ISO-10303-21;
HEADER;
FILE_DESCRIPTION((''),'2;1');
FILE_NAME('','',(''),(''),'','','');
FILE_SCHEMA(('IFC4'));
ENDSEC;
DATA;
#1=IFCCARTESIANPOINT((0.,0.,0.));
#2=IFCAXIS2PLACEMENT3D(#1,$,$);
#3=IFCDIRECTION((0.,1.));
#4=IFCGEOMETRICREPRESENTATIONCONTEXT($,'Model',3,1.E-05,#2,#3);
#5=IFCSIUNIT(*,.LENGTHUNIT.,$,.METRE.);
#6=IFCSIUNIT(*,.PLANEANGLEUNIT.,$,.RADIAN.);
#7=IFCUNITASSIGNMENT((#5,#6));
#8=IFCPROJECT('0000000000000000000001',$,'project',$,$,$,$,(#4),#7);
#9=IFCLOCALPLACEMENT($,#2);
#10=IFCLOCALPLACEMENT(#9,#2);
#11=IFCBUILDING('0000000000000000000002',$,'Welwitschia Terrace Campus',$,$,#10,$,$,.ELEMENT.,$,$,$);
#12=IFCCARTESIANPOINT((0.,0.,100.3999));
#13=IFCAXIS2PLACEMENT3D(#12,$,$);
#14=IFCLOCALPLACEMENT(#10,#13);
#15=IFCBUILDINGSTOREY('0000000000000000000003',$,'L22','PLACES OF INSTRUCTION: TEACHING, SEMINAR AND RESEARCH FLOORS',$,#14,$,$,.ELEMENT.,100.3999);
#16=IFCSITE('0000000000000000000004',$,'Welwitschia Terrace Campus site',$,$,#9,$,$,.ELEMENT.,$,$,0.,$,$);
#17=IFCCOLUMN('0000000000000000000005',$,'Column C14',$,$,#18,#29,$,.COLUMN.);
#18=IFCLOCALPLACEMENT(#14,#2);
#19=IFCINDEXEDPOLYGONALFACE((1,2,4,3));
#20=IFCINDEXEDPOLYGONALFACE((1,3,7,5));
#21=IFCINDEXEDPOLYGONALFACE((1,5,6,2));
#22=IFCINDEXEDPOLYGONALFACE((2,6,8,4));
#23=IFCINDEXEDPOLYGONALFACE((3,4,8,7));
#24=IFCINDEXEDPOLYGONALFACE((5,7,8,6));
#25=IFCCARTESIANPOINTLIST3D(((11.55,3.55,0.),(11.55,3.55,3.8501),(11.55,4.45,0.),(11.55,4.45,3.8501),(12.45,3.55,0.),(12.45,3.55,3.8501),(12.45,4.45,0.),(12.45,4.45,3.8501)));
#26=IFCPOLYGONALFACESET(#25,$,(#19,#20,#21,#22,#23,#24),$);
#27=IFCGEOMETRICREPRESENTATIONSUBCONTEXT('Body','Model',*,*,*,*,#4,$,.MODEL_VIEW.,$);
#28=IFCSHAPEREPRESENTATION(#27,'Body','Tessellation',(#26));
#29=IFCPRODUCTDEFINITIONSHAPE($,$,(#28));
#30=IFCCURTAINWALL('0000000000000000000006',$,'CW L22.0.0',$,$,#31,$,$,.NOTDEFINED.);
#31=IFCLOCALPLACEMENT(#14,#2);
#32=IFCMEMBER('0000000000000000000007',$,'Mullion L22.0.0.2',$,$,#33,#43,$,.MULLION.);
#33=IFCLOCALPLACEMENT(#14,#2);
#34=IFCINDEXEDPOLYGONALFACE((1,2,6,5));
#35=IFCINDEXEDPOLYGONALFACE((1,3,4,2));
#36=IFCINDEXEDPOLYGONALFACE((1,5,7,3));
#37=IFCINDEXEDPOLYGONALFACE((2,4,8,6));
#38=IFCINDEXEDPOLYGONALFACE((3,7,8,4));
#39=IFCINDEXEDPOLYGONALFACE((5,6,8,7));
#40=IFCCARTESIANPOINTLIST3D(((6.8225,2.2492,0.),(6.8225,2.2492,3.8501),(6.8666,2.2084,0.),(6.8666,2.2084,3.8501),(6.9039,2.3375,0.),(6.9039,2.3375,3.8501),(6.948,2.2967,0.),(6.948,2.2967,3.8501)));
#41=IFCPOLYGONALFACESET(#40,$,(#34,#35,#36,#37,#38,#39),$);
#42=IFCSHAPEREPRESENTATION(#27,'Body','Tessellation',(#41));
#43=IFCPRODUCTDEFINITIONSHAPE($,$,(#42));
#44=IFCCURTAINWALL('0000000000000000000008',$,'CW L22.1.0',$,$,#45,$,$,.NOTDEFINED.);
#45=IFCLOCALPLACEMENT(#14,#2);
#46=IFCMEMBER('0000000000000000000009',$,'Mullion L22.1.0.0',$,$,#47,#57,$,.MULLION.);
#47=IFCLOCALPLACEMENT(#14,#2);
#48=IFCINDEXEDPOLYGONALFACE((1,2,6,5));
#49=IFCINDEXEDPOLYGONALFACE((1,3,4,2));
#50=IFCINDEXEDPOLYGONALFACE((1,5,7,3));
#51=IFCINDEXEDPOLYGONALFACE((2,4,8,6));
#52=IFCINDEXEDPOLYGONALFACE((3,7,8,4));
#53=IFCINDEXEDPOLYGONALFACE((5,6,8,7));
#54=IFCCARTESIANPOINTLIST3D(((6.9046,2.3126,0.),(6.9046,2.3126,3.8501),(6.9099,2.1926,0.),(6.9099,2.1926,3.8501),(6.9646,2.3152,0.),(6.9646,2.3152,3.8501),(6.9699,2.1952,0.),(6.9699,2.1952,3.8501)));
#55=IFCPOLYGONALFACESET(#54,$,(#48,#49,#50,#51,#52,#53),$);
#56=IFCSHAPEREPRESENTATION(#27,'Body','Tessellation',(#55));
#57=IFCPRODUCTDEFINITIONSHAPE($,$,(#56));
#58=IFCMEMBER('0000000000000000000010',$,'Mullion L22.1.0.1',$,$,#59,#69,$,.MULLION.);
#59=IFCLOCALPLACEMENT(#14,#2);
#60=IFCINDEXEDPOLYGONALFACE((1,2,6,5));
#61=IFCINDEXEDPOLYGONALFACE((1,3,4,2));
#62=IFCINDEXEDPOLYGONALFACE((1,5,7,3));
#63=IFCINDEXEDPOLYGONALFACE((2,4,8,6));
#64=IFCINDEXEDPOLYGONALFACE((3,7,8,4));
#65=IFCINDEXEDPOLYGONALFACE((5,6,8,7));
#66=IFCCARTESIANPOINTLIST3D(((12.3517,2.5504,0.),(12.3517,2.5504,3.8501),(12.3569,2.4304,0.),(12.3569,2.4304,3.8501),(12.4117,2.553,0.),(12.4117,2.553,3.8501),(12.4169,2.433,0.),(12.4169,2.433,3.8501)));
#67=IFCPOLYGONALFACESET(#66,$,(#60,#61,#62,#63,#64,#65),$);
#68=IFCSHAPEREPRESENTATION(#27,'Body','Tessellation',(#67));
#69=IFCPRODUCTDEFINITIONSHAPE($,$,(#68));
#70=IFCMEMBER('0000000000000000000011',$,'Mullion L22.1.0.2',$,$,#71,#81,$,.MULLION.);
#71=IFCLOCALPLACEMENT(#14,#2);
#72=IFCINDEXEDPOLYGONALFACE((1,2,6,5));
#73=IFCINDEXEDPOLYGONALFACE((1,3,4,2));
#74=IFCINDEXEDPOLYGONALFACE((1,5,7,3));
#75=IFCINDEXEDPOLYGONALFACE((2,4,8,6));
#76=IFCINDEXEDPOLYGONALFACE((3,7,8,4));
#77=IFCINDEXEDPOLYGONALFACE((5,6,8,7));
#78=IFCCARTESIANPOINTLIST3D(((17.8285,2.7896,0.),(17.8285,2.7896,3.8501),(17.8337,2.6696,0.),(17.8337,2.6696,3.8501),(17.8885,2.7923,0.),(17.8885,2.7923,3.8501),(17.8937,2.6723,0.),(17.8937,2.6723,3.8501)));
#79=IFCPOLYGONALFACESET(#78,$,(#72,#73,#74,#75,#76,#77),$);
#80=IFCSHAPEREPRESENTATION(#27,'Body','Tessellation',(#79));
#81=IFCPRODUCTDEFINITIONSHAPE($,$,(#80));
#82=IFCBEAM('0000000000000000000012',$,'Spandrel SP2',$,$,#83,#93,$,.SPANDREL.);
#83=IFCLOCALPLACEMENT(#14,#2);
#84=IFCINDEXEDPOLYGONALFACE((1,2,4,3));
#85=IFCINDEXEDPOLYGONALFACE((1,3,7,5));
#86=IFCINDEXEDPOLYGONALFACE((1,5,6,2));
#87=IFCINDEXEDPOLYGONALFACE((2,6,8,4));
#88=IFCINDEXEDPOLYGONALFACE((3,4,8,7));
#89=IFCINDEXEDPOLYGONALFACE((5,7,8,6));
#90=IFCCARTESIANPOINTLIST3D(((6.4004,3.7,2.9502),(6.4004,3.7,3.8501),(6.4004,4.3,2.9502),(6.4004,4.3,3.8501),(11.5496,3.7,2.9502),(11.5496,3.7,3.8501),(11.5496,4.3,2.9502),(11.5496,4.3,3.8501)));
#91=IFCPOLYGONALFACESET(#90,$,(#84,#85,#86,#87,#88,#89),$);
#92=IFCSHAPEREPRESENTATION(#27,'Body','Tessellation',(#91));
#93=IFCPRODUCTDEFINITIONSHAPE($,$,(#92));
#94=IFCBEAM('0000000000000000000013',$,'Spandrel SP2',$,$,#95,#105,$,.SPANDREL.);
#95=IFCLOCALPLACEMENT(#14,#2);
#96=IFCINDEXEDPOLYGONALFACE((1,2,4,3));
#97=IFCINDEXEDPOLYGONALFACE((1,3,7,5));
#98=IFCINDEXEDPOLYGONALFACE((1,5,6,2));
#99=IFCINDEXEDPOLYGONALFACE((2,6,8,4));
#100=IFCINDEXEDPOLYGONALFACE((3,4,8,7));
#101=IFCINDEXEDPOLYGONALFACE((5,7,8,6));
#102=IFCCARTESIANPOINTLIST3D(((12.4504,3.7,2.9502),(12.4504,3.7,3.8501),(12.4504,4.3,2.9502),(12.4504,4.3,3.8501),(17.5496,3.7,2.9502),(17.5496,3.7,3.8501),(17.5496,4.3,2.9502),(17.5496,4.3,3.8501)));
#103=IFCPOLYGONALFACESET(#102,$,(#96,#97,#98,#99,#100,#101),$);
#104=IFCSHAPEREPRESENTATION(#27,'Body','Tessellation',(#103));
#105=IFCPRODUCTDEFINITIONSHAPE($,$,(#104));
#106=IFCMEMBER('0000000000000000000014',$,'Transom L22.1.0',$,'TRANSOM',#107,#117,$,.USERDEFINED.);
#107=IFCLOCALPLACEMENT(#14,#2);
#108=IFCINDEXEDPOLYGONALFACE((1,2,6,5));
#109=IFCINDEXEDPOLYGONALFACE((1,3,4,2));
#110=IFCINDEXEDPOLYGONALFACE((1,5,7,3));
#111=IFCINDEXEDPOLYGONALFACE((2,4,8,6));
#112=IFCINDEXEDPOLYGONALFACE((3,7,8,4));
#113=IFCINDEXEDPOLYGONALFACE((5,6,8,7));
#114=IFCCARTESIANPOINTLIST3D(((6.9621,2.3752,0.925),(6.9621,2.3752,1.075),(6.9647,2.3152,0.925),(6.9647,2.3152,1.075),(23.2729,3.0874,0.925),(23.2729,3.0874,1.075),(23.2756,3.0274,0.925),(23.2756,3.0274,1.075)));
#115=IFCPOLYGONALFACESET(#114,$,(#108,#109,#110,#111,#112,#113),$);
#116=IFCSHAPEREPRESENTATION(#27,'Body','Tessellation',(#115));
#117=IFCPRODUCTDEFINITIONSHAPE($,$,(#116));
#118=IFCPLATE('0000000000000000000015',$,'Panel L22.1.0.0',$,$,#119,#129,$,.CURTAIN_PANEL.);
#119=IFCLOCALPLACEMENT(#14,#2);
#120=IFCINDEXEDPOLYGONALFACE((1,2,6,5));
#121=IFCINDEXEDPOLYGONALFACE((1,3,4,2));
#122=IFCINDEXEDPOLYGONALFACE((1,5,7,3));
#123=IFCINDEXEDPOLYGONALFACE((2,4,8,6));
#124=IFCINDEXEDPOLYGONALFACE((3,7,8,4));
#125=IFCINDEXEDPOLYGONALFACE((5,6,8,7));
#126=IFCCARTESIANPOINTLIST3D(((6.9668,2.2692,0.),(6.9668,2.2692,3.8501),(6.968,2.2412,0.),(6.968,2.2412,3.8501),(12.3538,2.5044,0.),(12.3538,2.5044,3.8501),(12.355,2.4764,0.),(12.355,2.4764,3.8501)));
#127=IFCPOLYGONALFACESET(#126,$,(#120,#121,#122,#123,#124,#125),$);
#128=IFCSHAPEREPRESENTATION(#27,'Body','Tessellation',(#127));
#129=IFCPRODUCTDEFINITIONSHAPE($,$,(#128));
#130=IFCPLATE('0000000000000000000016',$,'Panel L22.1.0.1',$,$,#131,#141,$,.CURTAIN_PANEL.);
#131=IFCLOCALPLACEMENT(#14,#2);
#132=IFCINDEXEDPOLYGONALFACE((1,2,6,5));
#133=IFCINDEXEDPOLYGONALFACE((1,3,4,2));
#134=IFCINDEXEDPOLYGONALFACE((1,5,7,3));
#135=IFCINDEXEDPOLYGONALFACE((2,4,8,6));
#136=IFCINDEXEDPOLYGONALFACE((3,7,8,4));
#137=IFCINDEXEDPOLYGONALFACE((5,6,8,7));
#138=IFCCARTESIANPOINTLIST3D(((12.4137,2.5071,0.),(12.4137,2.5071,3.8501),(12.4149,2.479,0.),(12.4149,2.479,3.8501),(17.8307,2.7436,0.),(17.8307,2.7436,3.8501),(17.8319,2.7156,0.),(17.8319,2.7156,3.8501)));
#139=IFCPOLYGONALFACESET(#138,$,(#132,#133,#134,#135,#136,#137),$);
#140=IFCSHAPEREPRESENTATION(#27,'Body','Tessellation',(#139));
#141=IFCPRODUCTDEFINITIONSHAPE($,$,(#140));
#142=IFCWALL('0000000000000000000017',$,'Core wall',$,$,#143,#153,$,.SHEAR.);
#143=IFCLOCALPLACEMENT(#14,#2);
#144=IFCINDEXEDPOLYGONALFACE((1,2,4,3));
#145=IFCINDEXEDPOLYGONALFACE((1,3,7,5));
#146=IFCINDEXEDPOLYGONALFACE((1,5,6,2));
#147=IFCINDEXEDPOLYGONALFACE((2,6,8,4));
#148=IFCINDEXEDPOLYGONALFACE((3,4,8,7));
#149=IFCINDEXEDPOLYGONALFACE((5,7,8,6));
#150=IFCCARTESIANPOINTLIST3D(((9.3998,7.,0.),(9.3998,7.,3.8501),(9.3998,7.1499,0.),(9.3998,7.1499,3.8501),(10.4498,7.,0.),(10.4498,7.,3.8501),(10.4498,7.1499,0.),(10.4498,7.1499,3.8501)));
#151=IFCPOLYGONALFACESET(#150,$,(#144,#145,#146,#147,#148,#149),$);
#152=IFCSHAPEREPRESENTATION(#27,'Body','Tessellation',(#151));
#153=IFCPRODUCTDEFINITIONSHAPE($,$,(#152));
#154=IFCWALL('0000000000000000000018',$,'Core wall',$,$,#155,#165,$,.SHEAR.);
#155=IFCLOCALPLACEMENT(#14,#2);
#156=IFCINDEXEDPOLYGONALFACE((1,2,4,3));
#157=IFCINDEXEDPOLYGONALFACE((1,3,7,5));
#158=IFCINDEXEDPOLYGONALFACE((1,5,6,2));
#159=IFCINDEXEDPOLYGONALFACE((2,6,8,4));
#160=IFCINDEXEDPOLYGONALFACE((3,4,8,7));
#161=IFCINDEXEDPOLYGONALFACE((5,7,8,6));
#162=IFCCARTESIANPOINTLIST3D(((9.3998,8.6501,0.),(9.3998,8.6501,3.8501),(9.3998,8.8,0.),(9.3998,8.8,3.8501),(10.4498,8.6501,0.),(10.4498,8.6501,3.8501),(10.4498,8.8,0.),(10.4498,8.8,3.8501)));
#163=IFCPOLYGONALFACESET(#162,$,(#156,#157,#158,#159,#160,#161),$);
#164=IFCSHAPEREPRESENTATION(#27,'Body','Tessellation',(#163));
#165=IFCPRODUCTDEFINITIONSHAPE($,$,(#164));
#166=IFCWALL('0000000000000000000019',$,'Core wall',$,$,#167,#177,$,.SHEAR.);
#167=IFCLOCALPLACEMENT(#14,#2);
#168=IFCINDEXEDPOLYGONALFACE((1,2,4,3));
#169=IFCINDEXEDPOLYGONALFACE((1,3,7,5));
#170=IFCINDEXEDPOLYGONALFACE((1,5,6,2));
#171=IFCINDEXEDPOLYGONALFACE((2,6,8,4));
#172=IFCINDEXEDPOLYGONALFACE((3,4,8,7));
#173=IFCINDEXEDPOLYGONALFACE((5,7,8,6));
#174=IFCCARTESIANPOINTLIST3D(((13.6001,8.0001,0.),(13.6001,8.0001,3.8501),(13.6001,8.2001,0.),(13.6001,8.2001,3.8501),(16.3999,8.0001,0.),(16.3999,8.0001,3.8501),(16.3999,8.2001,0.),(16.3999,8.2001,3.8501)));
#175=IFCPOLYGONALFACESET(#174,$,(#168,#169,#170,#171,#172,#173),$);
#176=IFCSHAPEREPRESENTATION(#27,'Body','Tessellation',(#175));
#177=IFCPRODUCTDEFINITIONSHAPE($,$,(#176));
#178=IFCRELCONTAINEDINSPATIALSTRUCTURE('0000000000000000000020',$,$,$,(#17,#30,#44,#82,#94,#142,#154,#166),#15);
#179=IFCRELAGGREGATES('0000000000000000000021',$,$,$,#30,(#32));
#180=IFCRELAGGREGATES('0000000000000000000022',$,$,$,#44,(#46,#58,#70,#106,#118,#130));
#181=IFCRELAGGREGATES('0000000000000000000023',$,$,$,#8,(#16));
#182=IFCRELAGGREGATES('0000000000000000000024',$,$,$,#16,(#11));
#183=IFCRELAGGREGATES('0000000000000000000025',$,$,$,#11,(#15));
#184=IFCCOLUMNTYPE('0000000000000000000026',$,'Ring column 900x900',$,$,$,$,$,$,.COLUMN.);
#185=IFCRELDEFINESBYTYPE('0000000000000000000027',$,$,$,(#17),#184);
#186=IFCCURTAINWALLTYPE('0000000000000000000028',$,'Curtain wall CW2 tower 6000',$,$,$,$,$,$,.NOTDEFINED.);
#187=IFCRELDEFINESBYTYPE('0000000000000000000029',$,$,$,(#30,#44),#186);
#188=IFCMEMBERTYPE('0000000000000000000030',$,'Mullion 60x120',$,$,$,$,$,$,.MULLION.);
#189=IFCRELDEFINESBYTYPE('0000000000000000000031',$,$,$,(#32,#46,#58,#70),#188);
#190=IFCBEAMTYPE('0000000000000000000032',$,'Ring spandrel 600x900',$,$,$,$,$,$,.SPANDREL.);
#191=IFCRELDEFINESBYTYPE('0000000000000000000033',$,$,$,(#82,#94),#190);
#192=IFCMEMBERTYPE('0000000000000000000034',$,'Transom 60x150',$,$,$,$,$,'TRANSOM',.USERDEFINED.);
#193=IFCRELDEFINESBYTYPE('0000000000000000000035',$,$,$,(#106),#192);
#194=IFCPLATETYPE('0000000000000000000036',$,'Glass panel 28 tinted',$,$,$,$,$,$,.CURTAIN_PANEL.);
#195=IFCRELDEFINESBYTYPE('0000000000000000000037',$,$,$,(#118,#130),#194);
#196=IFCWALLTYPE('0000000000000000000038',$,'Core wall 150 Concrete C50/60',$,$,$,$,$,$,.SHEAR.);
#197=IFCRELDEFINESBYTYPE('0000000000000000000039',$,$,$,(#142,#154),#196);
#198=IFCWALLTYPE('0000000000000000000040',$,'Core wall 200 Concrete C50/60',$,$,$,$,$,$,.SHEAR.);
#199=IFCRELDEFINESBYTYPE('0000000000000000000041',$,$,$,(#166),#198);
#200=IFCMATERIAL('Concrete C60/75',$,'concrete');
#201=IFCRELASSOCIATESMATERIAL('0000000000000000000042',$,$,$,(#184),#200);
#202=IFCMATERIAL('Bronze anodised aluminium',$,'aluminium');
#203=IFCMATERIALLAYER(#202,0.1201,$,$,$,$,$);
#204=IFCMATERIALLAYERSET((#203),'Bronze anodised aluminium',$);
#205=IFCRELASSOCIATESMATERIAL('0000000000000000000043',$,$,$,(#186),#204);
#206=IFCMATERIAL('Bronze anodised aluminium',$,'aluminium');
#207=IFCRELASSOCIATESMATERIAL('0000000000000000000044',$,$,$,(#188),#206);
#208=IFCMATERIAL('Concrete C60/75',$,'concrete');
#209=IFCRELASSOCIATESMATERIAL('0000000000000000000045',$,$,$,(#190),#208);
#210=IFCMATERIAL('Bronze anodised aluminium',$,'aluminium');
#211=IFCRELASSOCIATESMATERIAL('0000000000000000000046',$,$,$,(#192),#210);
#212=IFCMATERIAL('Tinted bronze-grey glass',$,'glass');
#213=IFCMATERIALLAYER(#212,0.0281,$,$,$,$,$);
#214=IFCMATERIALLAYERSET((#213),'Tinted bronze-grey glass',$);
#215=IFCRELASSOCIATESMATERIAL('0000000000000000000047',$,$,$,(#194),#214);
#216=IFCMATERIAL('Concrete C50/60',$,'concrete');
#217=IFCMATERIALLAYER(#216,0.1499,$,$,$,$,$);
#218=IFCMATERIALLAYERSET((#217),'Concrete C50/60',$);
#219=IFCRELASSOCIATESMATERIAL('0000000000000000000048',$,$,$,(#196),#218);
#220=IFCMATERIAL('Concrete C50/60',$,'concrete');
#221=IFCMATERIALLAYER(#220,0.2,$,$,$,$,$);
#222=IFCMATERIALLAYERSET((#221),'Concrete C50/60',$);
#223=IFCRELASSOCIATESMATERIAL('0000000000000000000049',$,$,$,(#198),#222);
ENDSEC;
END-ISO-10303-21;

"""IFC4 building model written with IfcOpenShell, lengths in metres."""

from ifc_helpers import new_model, si_unit, direction, frame, frame_2d, origin, origin_2d, place, context, subcontext, project, spatial, rectangle, extrude, material, layer, layer_set, material_profile, profile_set, type_object, element, aggregate, save


model = new_model("IFC4")

# Units and contexts
model_context = context("Model", 3, precision=1e-05, world=origin(), true_north=direction((0.0, 1.0)))
body_context = subcontext(model_context, "Body", "Model", "MODEL_VIEW")
ifc_project = project(units=[si_unit("LENGTHUNIT", "METRE"), si_unit("PLANEANGLEUNIT", "RADIAN")], contexts=[model_context])

# Site, building, storey
site_placement = place(None, origin())
site = spatial("IfcSite", under=ifc_project, at=site_placement, Name="Welwitschia Terrace Campus site", CompositionType="ELEMENT", RefElevation=0.0)
building_placement = place(site_placement, origin())
building = spatial("IfcBuilding", under=site, at=building_placement, Name="Welwitschia Terrace Campus", CompositionType="ELEMENT")
storey_placement = place(building_placement, frame((0.0, 0.0, 100.3999)))
storey = spatial("IfcBuildingStorey", under=building, at=storey_placement, Name="L22", Description="PLACES OF INSTRUCTION: TEACHING, SEMINAR AND RESEARCH FLOORS", CompositionType="ELEMENT", Elevation=100.3999)

# Column
ifc_material_1 = material(Name="Concrete C60/75", Category="concrete")
ifc_material_profile_1 = material_profile(ifc_material_1, rectangle(XDim=0.8999, YDim=0.8999, at=origin_2d()))
ifc_profile_set_1 = profile_set([ifc_material_profile_1], Name="Concrete C60/75")
column_type = type_object("IfcColumnType", Name="Ring column 900x900", PredefinedType="COLUMN", material=ifc_profile_set_1)
column_placement = place(storey_placement, frame((12.0, 4.0, 0.0), z_axis=(0.0, 0.0, 1.0), x_axis=(1.0, 0.0, 0.0)))
element("IfcColumn", 1, at=column_placement, inside=storey, type_object=column_type, Name="Column C14", PredefinedType="COLUMN", context=body_context, shape_type="SweptSolid", body=[
    extrude(rectangle(XDim=0.8999, YDim=0.8999, at=origin_2d()), origin(), (0.0, 0.0, 1.0), 3.8501),
])

# Curtain wall, member
ifc_material_2 = material(Name="Bronze anodised aluminium", Category="aluminium")
ifc_layer_1 = layer(ifc_material_2, 0.1201)
ifc_layer_set_1 = layer_set([ifc_layer_1], Name="Bronze anodised aluminium")
curtain_wall_type = type_object("IfcCurtainWallType", Name="Curtain wall CW2 tower 6000", PredefinedType="NOTDEFINED", material=ifc_layer_set_1)
curtain_wall_1_placement = place(storey_placement, origin())
curtain_wall_1 = element("IfcCurtainWall", 2, at=curtain_wall_1_placement, inside=storey, type_object=curtain_wall_type, Name="CW L22.0.0", PredefinedType="NOTDEFINED")
ifc_material_3 = material(Name="Bronze anodised aluminium", Category="aluminium")
ifc_material_profile_2 = material_profile(ifc_material_3, rectangle(XDim=0.1201, YDim=0.0601, at=origin_2d()))
ifc_profile_set_2 = profile_set([ifc_material_profile_2], Name="Bronze anodised aluminium")
member_type_1 = type_object("IfcMemberType", Name="Mullion 60x120", PredefinedType="MULLION", material=ifc_profile_set_2)
member_1_placement = place(storey_placement, frame((6.8853, 2.2729, 0.0), z_axis=(0.0, 0.0, 1.0), x_axis=(0.677976, 0.735084, 0.0)))
member_1 = element("IfcMember", 3, at=member_1_placement, type_object=member_type_1, Name="Mullion L22.0.0.2", PredefinedType="MULLION", context=body_context, shape_type="SweptSolid", body=[
    extrude(rectangle(XDim=0.1201, YDim=0.0601, at=origin_2d()), origin(), (0.0, 0.0, 1.0), 3.8501),
])
aggregate(curtain_wall_1, [member_1])

# Curtain wall, members
curtain_wall_2_placement = place(storey_placement, origin())
curtain_wall_2 = element("IfcCurtainWall", 4, at=curtain_wall_2_placement, inside=storey, type_object=curtain_wall_type, Name="CW L22.1.0", PredefinedType="NOTDEFINED")
member_2_placement = place(storey_placement, frame((6.9373, 2.2539, 0.0), z_axis=(0.0, 0.0, 1.0), x_axis=(-0.043619, 0.999048, 0.0)))
member_2 = element("IfcMember", 5, at=member_2_placement, type_object=member_type_1, Name="Mullion L22.1.0.0", PredefinedType="MULLION", context=body_context, shape_type="SweptSolid", body=[
    extrude(rectangle(XDim=0.1201, YDim=0.0601, at=origin_2d()), origin(), (0.0, 0.0, 1.0), 3.8501),
])
member_3_placement = place(storey_placement, frame((12.3843, 2.4917, 0.0), z_axis=(0.0, 0.0, 1.0), x_axis=(-0.043619, 0.999048, 0.0)))
member_3 = element("IfcMember", 6, at=member_3_placement, type_object=member_type_1, Name="Mullion L22.1.0.1", PredefinedType="MULLION", context=body_context, shape_type="SweptSolid", body=[
    extrude(rectangle(XDim=0.1201, YDim=0.0601, at=origin_2d()), origin(), (0.0, 0.0, 1.0), 3.8501),
])
member_4_placement = place(storey_placement, frame((17.8611, 2.731, 0.0), z_axis=(0.0, 0.0, 1.0), x_axis=(-0.043619, 0.999048, 0.0)))
member_4 = element("IfcMember", 7, at=member_4_placement, type_object=member_type_1, Name="Mullion L22.1.0.2", PredefinedType="MULLION", context=body_context, shape_type="SweptSolid", body=[
    extrude(rectangle(XDim=0.1201, YDim=0.0601, at=origin_2d()), origin(), (0.0, 0.0, 1.0), 3.8501),
])

# Beams
ifc_material_4 = material(Name="Concrete C60/75", Category="concrete")
ifc_material_profile_3 = material_profile(ifc_material_4, rectangle(XDim=0.6001, YDim=0.8999, at=origin_2d()))
ifc_profile_set_3 = profile_set([ifc_material_profile_3], Name="Concrete C60/75")
beam_type = type_object("IfcBeamType", Name="Ring spandrel 600x900", PredefinedType="SPANDREL", material=ifc_profile_set_3)
beam_1_placement = place(storey_placement, frame((6.4004, 4.0, 3.4001), z_axis=(1.0, 0.0, 0.0), x_axis=(0.0, 1.0, 0.0)))
element("IfcBeam", 8, at=beam_1_placement, inside=storey, type_object=beam_type, Name="Spandrel SP2", PredefinedType="SPANDREL", context=body_context, shape_type="SweptSolid", body=[
    extrude(rectangle(XDim=0.6001, YDim=0.8999, at=origin_2d()), origin(), (0.0, 0.0, 1.0), 5.1492),
])
beam_2_placement = place(storey_placement, frame((12.4504, 4.0, 3.4001), z_axis=(1.0, 0.0, 0.0), x_axis=(0.0, 1.0, 0.0)))
element("IfcBeam", 9, at=beam_2_placement, inside=storey, type_object=beam_type, Name="Spandrel SP2", PredefinedType="SPANDREL", context=body_context, shape_type="SweptSolid", body=[
    extrude(rectangle(XDim=0.6001, YDim=0.8999, at=origin_2d()), origin(), (0.0, 0.0, 1.0), 5.0991),
])

# Member
ifc_material_5 = material(Name="Bronze anodised aluminium", Category="aluminium")
ifc_material_profile_4 = material_profile(ifc_material_5, rectangle(XDim=0.0601, YDim=0.1499, at=origin_2d()))
ifc_profile_set_4 = profile_set([ifc_material_profile_4], Name="Bronze anodised aluminium")
member_type_2 = type_object("IfcMemberType", Name="Transom 60x150", ElementType="TRANSOM", PredefinedType="USERDEFINED", material=ifc_profile_set_4)
member_5_placement = place(storey_placement, frame((6.9634, 2.3452, 1.0), z_axis=(0.999048, 0.04362, 0.0), x_axis=(-0.04362, 0.999048, 0.0)))
member_5 = element("IfcMember", 10, at=member_5_placement, type_object=member_type_2, Name="Transom L22.1.0", ObjectType="TRANSOM", PredefinedType="USERDEFINED", context=body_context, shape_type="SweptSolid", body=[
    extrude(rectangle(XDim=0.0601, YDim=0.1499, at=origin_2d()), origin(), (0.0, 0.0, 1.0), 16.3264),
])

# Plates
ifc_material_6 = material(Name="Tinted bronze-grey glass", Category="glass")
ifc_layer_2 = layer(ifc_material_6, 0.0281)
ifc_layer_set_2 = layer_set([ifc_layer_2], Name="Tinted bronze-grey glass")
plate_type = type_object("IfcPlateType", Name="Glass panel 28 tinted", PredefinedType="CURTAIN_PANEL", material=ifc_layer_set_2)
plate_1_placement = place(storey_placement, frame((9.6609, 2.3728, 0.0), z_axis=(0.0, 0.0, 1.0), x_axis=(0.999048, 0.043619, 0.0)))
plate_1 = element("IfcPlate", 11, at=plate_1_placement, type_object=plate_type, Name="Panel L22.1.0.0", PredefinedType="CURTAIN_PANEL", context=body_context, shape_type="SweptSolid", body=[
    extrude(rectangle(XDim=5.3921, YDim=0.0281, at=origin_2d()), origin(), (0.0, 0.0, 1.0), 3.8501),
])
plate_2_placement = place(storey_placement, frame((15.1228, 2.6113, 0.0), z_axis=(0.0, 0.0, 1.0), x_axis=(0.999048, 0.043619, 0.0)))
plate_2 = element("IfcPlate", 12, at=plate_2_placement, type_object=plate_type, Name="Panel L22.1.0.1", PredefinedType="CURTAIN_PANEL", context=body_context, shape_type="SweptSolid", body=[
    extrude(rectangle(XDim=5.4221, YDim=0.0281, at=origin_2d()), origin(), (0.0, 0.0, 1.0), 3.8501),
])
aggregate(curtain_wall_2, [member_2, member_3, member_4, member_5, plate_1, plate_2])

# Walls
ifc_material_7 = material(Name="Concrete C50/60", Category="concrete")
ifc_layer_3 = layer(ifc_material_7, 0.1499)
ifc_layer_set_3 = layer_set([ifc_layer_3], Name="Concrete C50/60")
wall_type_1 = type_object("IfcWallType", Name="Core wall 150 Concrete C50/60", PredefinedType="SHEAR", material=ifc_layer_set_3)
for number, where, z_axis, x_axis, name in (
    (13, (9.3999, 7.075, 0.0), (0.0, 0.0, 1.0), (1.0, 0.0, 0.0), "Core wall"),
    (14, (9.3999, 8.7251, 0.0), (0.0, 0.0, 1.0), (1.0, 0.0, 0.0), "Core wall"),
):
    element("IfcWall", number, at=place(storey_placement, frame(where, z_axis=z_axis, x_axis=x_axis)), inside=storey, type_object=wall_type_1, Name=name, PredefinedType="SHEAR", context=body_context, shape_type="SweptSolid", body=[
        extrude(rectangle(XDim=1.05, YDim=0.1499, at=frame_2d((0.5249, 0.0))), origin(), (0.0, 0.0, 1.0), 3.8501),
    ])
ifc_material_8 = material(Name="Concrete C50/60", Category="concrete")
ifc_layer_4 = layer(ifc_material_8, 0.2)
ifc_layer_set_4 = layer_set([ifc_layer_4], Name="Concrete C50/60")
wall_type_2 = type_object("IfcWallType", Name="Core wall 200 Concrete C50/60", PredefinedType="SHEAR", material=ifc_layer_set_4)
wall_1_placement = place(storey_placement, frame((13.6001, 8.1001, 0.0), z_axis=(0.0, 0.0, 1.0), x_axis=(1.0, 0.0, 0.0)))
element("IfcWall", 15, at=wall_1_placement, inside=storey, type_object=wall_type_2, Name="Core wall", PredefinedType="SHEAR", context=body_context, shape_type="SweptSolid", body=[
    extrude(rectangle(XDim=2.7998, YDim=0.2, at=frame_2d((1.3999, 0.0))), origin(), (0.0, 0.0, 1.0), 3.8501),
])

save(model, "model.ifc")
